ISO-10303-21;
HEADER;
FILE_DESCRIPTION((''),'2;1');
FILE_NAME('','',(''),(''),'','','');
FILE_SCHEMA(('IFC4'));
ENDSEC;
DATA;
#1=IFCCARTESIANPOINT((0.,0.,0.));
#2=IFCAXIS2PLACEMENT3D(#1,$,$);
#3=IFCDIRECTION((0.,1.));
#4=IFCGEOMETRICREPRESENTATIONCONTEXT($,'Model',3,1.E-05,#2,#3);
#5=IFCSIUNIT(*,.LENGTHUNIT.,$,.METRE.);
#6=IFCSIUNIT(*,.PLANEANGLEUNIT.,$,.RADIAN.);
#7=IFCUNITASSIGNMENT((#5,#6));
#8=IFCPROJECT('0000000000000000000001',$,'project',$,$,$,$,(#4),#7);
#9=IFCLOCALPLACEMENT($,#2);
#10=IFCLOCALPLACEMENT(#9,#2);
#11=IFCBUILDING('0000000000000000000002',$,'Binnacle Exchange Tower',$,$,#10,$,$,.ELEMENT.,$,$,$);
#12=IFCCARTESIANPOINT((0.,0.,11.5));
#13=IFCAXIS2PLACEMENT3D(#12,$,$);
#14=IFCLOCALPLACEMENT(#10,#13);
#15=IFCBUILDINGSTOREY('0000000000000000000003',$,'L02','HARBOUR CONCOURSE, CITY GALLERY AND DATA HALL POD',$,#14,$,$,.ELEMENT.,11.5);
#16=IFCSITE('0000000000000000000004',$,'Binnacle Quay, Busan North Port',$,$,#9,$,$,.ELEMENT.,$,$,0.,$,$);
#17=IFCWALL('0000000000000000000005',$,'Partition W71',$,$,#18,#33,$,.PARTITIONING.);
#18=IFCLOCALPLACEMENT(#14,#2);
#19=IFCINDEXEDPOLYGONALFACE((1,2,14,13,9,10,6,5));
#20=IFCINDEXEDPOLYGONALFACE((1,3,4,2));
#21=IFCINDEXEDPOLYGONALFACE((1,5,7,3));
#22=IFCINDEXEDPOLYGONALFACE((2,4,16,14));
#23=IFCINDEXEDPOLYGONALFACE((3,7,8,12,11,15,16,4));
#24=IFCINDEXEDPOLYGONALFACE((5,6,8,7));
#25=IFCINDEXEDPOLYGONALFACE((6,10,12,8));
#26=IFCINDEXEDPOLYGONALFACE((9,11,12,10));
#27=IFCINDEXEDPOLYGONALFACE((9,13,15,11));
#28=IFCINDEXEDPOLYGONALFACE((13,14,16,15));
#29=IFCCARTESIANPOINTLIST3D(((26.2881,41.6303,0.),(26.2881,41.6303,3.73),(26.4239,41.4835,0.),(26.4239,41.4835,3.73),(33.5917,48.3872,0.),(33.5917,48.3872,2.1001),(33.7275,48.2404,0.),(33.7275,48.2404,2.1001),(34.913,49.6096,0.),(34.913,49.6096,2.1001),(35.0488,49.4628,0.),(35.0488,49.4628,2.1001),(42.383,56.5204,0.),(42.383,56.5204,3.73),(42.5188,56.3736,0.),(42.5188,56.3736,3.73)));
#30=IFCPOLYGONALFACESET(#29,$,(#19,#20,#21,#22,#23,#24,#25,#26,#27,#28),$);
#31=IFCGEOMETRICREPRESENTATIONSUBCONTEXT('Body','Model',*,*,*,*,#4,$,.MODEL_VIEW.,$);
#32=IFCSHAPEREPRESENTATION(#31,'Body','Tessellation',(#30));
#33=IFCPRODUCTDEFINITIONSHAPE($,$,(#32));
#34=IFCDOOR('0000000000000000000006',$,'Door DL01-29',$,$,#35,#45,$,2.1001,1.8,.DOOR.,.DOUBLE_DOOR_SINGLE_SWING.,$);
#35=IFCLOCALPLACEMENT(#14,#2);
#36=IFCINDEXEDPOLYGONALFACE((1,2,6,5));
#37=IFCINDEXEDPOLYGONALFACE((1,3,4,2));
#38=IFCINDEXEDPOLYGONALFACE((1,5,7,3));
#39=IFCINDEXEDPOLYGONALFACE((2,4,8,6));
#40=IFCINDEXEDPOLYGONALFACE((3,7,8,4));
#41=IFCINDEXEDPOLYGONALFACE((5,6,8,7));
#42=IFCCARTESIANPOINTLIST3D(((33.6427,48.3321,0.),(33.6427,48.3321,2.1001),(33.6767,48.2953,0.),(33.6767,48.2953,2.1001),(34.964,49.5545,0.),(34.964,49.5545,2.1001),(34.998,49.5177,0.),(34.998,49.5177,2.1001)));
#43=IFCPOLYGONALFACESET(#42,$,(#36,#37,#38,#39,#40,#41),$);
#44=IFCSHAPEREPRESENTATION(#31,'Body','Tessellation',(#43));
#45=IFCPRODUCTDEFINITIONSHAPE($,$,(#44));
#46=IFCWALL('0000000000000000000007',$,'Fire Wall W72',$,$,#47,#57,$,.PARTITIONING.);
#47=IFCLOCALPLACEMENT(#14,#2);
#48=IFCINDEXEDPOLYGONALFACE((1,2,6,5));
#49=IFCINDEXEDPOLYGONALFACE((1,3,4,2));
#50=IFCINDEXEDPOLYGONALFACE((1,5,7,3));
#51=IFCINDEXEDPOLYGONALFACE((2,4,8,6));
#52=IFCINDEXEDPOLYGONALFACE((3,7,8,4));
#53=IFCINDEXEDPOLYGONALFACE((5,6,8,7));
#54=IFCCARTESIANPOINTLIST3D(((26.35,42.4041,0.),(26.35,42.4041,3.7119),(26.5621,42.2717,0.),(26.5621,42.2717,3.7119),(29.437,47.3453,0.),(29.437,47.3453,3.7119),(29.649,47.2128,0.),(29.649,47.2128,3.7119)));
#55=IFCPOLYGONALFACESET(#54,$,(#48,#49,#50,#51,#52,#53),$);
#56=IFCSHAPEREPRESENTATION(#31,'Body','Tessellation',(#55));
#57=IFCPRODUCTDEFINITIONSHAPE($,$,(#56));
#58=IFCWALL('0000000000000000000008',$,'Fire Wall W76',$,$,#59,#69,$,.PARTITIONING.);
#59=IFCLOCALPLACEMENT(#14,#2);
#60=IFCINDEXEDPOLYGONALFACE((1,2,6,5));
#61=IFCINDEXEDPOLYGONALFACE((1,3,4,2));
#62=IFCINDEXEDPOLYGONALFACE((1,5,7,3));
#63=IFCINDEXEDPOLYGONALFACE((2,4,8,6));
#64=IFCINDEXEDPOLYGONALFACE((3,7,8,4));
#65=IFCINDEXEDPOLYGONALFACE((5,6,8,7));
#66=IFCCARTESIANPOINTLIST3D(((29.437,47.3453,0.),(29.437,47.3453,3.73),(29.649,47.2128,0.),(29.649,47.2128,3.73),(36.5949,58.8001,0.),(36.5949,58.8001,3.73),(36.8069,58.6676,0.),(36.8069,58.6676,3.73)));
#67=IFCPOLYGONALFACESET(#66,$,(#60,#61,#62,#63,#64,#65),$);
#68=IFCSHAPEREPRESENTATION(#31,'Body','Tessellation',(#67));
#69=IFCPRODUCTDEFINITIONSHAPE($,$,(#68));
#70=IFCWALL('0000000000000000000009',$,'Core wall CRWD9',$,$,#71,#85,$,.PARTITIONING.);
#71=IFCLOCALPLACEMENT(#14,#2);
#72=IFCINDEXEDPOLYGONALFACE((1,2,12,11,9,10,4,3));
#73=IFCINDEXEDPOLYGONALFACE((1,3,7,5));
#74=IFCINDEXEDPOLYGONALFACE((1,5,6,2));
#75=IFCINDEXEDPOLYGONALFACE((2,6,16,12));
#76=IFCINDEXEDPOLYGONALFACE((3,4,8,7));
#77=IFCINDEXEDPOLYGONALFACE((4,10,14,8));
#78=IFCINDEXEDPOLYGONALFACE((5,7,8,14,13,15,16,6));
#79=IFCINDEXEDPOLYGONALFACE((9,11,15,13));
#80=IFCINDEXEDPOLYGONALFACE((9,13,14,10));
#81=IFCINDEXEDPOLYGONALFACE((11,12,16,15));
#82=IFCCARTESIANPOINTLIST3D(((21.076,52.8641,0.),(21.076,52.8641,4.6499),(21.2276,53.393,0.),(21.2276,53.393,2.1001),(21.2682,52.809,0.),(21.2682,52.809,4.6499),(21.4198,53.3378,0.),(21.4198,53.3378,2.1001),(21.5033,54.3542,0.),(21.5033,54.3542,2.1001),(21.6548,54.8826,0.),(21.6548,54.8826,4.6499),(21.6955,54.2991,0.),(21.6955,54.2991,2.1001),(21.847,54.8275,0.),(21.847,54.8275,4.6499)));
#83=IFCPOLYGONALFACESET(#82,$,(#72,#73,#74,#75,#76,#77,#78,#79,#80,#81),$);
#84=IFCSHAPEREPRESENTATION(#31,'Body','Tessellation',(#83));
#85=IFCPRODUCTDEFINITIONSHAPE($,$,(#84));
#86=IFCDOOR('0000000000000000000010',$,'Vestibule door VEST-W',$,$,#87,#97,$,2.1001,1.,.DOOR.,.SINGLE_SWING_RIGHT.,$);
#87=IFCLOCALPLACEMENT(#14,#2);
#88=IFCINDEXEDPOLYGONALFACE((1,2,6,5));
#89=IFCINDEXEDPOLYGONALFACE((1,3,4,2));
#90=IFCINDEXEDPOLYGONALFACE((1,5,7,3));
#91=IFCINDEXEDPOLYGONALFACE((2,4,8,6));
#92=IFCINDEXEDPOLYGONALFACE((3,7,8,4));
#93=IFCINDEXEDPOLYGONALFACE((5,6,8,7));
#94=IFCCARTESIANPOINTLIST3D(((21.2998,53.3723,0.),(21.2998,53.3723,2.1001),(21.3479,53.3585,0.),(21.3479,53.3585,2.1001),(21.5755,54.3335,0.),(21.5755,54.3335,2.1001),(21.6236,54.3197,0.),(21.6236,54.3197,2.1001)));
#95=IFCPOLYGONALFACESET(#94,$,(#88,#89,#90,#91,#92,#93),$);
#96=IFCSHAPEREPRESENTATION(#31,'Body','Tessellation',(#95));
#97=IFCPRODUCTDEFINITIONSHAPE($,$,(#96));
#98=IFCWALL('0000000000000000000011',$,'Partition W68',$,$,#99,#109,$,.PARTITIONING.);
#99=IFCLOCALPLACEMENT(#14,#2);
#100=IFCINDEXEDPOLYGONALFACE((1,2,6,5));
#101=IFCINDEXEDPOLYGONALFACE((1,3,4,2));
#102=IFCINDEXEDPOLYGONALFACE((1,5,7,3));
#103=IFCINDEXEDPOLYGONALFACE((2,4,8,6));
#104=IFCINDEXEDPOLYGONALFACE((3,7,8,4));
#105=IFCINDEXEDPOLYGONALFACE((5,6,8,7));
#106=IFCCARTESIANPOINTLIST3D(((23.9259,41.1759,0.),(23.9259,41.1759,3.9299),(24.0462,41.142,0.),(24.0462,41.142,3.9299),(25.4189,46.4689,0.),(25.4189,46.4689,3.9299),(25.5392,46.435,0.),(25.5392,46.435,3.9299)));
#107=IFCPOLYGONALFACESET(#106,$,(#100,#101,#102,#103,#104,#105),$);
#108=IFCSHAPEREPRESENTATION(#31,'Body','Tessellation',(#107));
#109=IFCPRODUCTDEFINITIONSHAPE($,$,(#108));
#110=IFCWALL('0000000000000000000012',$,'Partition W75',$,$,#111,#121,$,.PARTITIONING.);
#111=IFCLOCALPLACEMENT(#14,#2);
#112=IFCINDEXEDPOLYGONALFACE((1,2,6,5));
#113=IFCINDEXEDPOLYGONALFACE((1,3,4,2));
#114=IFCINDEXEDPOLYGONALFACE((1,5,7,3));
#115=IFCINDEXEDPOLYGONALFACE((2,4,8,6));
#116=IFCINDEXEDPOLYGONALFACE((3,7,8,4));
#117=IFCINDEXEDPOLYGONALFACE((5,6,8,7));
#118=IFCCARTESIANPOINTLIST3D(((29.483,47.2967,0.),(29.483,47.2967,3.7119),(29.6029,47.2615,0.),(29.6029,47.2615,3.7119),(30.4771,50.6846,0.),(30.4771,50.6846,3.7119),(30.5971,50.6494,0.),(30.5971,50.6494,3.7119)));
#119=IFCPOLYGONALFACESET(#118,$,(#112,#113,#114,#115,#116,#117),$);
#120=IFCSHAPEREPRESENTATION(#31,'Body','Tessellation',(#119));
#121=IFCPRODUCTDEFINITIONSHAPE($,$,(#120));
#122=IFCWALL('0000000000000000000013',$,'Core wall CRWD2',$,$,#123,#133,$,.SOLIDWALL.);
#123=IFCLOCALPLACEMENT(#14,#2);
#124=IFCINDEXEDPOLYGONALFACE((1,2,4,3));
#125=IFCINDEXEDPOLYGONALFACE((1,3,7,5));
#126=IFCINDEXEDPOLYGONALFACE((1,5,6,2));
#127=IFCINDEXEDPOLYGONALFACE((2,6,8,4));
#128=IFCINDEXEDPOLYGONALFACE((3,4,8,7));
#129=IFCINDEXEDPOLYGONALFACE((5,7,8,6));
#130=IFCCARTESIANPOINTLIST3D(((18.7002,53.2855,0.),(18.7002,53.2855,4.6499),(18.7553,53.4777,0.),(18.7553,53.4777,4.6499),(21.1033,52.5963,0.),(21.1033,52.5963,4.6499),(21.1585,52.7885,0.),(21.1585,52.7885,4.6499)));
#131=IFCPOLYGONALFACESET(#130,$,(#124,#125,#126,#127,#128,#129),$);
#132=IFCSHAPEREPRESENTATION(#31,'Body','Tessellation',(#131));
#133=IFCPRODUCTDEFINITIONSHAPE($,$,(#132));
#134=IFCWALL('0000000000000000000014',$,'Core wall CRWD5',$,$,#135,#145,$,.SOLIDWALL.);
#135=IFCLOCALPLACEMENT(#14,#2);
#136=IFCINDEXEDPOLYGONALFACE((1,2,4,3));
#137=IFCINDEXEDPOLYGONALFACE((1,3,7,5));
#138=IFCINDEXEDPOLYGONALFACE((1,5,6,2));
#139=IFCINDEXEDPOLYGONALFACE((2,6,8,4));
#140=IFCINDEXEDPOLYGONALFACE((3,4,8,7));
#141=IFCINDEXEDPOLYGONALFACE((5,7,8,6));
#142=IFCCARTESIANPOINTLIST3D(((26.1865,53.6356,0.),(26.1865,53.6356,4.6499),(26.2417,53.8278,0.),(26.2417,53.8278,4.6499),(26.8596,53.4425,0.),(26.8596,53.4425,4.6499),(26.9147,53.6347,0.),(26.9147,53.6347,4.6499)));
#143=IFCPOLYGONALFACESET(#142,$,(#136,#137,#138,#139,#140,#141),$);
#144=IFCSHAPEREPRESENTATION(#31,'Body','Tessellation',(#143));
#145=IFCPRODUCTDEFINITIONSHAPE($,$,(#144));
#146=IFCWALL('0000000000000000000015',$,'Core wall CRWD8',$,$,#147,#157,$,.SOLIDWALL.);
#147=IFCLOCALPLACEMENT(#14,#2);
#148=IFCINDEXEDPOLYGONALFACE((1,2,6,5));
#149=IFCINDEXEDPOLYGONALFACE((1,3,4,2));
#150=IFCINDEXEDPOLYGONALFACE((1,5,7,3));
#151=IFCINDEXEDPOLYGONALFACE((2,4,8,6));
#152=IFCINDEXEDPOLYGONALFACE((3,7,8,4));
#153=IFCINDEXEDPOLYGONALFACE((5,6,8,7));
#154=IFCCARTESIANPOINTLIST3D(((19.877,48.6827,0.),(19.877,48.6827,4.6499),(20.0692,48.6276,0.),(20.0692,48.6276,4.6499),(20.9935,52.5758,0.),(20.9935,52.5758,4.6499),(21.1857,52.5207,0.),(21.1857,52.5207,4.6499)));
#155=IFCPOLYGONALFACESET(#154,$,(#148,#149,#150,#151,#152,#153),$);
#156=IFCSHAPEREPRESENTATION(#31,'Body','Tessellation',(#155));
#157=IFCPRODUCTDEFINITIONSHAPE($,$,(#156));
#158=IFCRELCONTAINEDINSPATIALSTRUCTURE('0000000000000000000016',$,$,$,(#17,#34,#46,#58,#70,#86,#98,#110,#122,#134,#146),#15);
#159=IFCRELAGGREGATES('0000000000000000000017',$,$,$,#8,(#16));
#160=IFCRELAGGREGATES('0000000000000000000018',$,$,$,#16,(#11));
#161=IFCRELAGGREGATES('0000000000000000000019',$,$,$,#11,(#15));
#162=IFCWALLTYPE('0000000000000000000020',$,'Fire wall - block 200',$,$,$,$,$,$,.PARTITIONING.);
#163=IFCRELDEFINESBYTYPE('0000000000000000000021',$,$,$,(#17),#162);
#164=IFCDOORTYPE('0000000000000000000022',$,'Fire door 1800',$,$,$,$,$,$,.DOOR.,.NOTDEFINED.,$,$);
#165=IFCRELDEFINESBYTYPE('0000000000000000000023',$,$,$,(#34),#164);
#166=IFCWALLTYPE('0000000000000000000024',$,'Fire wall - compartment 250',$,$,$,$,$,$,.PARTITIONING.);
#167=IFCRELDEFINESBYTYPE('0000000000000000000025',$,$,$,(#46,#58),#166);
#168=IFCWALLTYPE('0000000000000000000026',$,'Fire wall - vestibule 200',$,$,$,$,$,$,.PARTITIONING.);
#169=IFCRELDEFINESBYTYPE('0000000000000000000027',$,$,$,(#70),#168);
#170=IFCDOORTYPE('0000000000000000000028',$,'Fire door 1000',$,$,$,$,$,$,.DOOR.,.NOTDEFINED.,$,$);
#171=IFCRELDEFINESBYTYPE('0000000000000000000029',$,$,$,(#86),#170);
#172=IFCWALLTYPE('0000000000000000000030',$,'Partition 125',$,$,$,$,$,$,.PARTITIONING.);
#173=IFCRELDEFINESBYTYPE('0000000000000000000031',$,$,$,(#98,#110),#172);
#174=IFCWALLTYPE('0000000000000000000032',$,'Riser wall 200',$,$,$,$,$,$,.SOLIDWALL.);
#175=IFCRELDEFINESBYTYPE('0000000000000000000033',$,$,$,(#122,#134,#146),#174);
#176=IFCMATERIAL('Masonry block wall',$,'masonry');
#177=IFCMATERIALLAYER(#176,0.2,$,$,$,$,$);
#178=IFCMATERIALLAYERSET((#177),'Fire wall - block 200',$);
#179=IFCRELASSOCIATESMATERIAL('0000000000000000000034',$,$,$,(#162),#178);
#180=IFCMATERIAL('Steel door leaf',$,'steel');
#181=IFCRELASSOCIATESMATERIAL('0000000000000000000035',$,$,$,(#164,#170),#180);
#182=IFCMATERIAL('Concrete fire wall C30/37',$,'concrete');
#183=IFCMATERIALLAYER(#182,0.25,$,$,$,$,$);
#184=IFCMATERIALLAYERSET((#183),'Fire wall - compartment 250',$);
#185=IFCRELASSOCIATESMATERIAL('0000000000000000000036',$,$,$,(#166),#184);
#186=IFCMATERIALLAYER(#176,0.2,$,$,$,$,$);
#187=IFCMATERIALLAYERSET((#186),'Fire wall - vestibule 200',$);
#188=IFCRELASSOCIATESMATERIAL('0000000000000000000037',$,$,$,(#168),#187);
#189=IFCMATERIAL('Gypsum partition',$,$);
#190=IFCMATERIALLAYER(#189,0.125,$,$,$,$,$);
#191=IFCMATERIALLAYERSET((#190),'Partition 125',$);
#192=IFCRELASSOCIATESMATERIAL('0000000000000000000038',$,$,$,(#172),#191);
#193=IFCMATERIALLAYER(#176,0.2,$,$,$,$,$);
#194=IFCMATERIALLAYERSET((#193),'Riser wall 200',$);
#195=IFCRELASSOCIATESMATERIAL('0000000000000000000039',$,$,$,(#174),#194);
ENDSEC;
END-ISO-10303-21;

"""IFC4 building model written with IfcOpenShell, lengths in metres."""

from ifc_helpers import new_model, si_unit, direction, frame, frame_2d, origin, place, context, subcontext, project, spatial, rectangle, extrude, material, layer, layer_set, type_object, element, fill, save


model = new_model("IFC4")

# Units and contexts
model_context = context("Model", 3, precision=1e-05, world=origin(), true_north=direction((0.0, 1.0)))
body_context = subcontext(model_context, "Body", "Model", "MODEL_VIEW")
ifc_project = project(units=[si_unit("LENGTHUNIT", "METRE"), si_unit("PLANEANGLEUNIT", "RADIAN")], contexts=[model_context])

# Site, building, storey
site_placement = place(None, origin())
site = spatial("IfcSite", under=ifc_project, at=site_placement, Name="Binnacle Quay, Busan North Port", CompositionType="ELEMENT", RefElevation=0.0)
building_placement = place(site_placement, origin())
building = spatial("IfcBuilding", under=site, at=building_placement, Name="Binnacle Exchange Tower", CompositionType="ELEMENT")
storey_placement = place(building_placement, frame((0.0, 0.0, 11.5)))
storey = spatial("IfcBuildingStorey", under=building, at=storey_placement, Name="L02", Description="HARBOUR CONCOURSE, CITY GALLERY AND DATA HALL POD", CompositionType="ELEMENT", Elevation=11.5)

# Shared definitions
ifc_material_1 = material(Name="Steel door leaf", Category="steel")

# Wall, opening, door
ifc_material_2 = material(Name="Masonry block wall", Category="masonry")
ifc_layer_1 = layer(ifc_material_2, 0.2)
ifc_layer_set_1 = layer_set([ifc_layer_1], Name="Fire wall - block 200")
wall_type_1 = type_object("IfcWallType", Name="Fire wall - block 200", PredefinedType="PARTITIONING", material=ifc_layer_set_1)
wall_1_placement = place(storey_placement, frame((26.356, 41.5569, 0.0), z_axis=(0.0, 0.0, 1.0), x_axis=(0.734047, 0.679098, 0.0)))
wall_1 = element("IfcWall", 1, at=wall_1_placement, inside=storey, type_object=wall_type_1, Name="Partition W71", PredefinedType="PARTITIONING", context=body_context, shape_type="SweptSolid", body=[
    extrude(rectangle(XDim=21.9263, YDim=0.2, at=frame_2d((10.9631, 0.0))), origin(), (0.0, 0.0, 1.0), 3.73),
])
opening_1_placement = place(wall_1_placement, frame((9.95, 0.0, 0.0)))
opening_1 = element("IfcOpeningElement", 2, at=opening_1_placement, cuts=wall_1, PredefinedType="OPENING", context=body_context, shape_type="SweptSolid", body=[
    extrude(rectangle(XDim=1.8, YDim=2.1001, at=frame_2d((0.8999, 1.05))), frame((0.0, 0.1099, 0.0), z_axis=(0.0, -1.0, 0.0), x_axis=(1.0, 0.0, 0.0)), (0.0, 0.0, 1.0), 0.22),
])
door_type_1 = type_object("IfcDoorType", Name="Fire door 1800", OperationType="NOTDEFINED", PredefinedType="DOOR", material=ifc_material_1)
door_1_placement = place(opening_1_placement, origin())
door_1 = element("IfcDoor", 3, at=door_1_placement, inside=storey, type_object=door_type_1, Name="Door DL01-29", OperationType="DOUBLE_DOOR_SINGLE_SWING", OverallHeight=2.1001, OverallWidth=1.8, PredefinedType="DOOR", context=body_context, shape_type="SweptSolid", body=[
    extrude(rectangle(XDim=1.8, YDim=2.1001, at=frame_2d((0.8999, 1.05))), frame((0.0, 0.0249, 0.0), z_axis=(0.0, -1.0, 0.0), x_axis=(1.0, 0.0, 0.0)), (0.0, 0.0, 1.0), 0.05),
])
fill(opening_1, door_1)

# Walls
ifc_material_3 = material(Name="Concrete fire wall C30/37", Category="concrete")
ifc_layer_2 = layer(ifc_material_3, 0.25)
ifc_layer_set_2 = layer_set([ifc_layer_2], Name="Fire wall - compartment 250")
wall_type_2 = type_object("IfcWallType", Name="Fire wall - compartment 250", PredefinedType="PARTITIONING", material=ifc_layer_set_2)
wall_2_placement = place(storey_placement, frame((26.4561, 42.3379, 0.0), z_axis=(0.0, 0.0, 1.0), x_axis=(0.529837, 0.8481, 0.0)))
element("IfcWall", 4, at=wall_2_placement, inside=storey, type_object=wall_type_2, Name="Fire Wall W72", PredefinedType="PARTITIONING", context=body_context, shape_type="SweptSolid", body=[
    extrude(rectangle(XDim=5.8262, YDim=0.25, at=frame_2d((2.9131, 0.0))), origin(), (0.0, 0.0, 1.0), 3.7119),
])
wall_3_placement = place(storey_placement, frame((29.543, 47.2791, 0.0), z_axis=(0.0, 0.0, 1.0), x_axis=(0.529929, 0.848042, 0.0)))
element("IfcWall", 5, at=wall_3_placement, inside=storey, type_object=wall_type_2, Name="Fire Wall W76", PredefinedType="PARTITIONING", context=body_context, shape_type="SweptSolid", body=[
    extrude(rectangle(XDim=13.5073, YDim=0.25, at=frame_2d((6.7537, 0.0))), origin(), (0.0, 0.0, 1.0), 3.73),
])

# Wall, opening, door
ifc_layer_3 = layer(ifc_material_2, 0.2)
ifc_layer_set_3 = layer_set([ifc_layer_3], Name="Fire wall - vestibule 200")
wall_type_3 = type_object("IfcWallType", Name="Fire wall - vestibule 200", PredefinedType="PARTITIONING", material=ifc_layer_set_3)
wall_4_placement = place(storey_placement, frame((21.1721, 52.8367, 0.0), z_axis=(0.0, 0.0, 1.0), x_axis=(0.275658, 0.961256, 0.0)))
wall_4 = element("IfcWall", 6, at=wall_4_placement, inside=storey, type_object=wall_type_3, Name="Core wall CRWD9", PredefinedType="PARTITIONING", context=body_context, shape_type="SweptSolid", body=[
    extrude(rectangle(XDim=2.0999, YDim=0.2, at=frame_2d((1.0498, 0.0))), origin(), (0.0, 0.0, 1.0), 4.6499),
])
opening_2_placement = place(wall_4_placement, frame((0.55, 0.0, 0.0)))
opening_2 = element("IfcOpeningElement", 7, at=opening_2_placement, cuts=wall_4, PredefinedType="OPENING", context=body_context, shape_type="SweptSolid", body=[
    extrude(rectangle(XDim=1.0, YDim=2.1001, at=frame_2d((0.5, 1.05))), frame((0.0, 0.1099, 0.0), z_axis=(0.0, -1.0, 0.0), x_axis=(1.0, 0.0, 0.0)), (0.0, 0.0, 1.0), 0.22),
])
door_type_2 = type_object("IfcDoorType", Name="Fire door 1000", OperationType="NOTDEFINED", PredefinedType="DOOR", material=ifc_material_1)
door_2_placement = place(opening_2_placement, origin())
door_2 = element("IfcDoor", 8, at=door_2_placement, inside=storey, type_object=door_type_2, Name="Vestibule door VEST-W", OperationType="SINGLE_SWING_RIGHT", OverallHeight=2.1001, OverallWidth=1.0, PredefinedType="DOOR", context=body_context, shape_type="SweptSolid", body=[
    extrude(rectangle(XDim=1.0, YDim=2.1001, at=frame_2d((0.5, 1.05))), frame((0.0, 0.0249, 0.0), z_axis=(0.0, -1.0, 0.0), x_axis=(1.0, 0.0, 0.0)), (0.0, 0.0, 1.0), 0.05),
])
fill(opening_2, door_2)

# Walls
ifc_material_4 = material(Name="Gypsum partition")
ifc_layer_4 = layer(ifc_material_4, 0.125)
ifc_layer_set_4 = layer_set([ifc_layer_4], Name="Partition 125")
wall_type_4 = type_object("IfcWallType", Name="Partition 125", PredefinedType="PARTITIONING", material=ifc_layer_set_4)
wall_5_placement = place(storey_placement, frame((23.9861, 41.1589, 0.0), z_axis=(0.0, 0.0, 1.0), x_axis=(0.271465, 0.962448, 0.0)))
element("IfcWall", 9, at=wall_5_placement, inside=storey, type_object=wall_type_4, Name="Partition W68", PredefinedType="PARTITIONING", context=body_context, shape_type="SweptSolid", body=[
    extrude(rectangle(XDim=5.4995, YDim=0.125, at=frame_2d((2.7498, 0.0))), origin(), (0.0, 0.0, 1.0), 3.9299),
])
wall_6_placement = place(storey_placement, frame((29.543, 47.2791, 0.0), z_axis=(0.0, 0.0, 1.0), x_axis=(0.281564, 0.959543, 0.0)))
element("IfcWall", 10, at=wall_6_placement, inside=storey, type_object=wall_type_4, Name="Partition W75", PredefinedType="PARTITIONING", context=body_context, shape_type="SweptSolid", body=[
    extrude(rectangle(XDim=3.5308, YDim=0.125, at=frame_2d((1.7654, 0.0))), origin(), (0.0, 0.0, 1.0), 3.7119),
])
ifc_layer_5 = layer(ifc_material_2, 0.2)
ifc_layer_set_5 = layer_set([ifc_layer_5], Name="Riser wall 200")
wall_type_5 = type_object("IfcWallType", Name="Riser wall 200", PredefinedType="SOLIDWALL", material=ifc_layer_set_5)
wall_7_placement = place(storey_placement, frame((18.7278, 53.3816, 0.0), z_axis=(0.0, 0.0, 1.0), x_axis=(0.961247, -0.275688, 0.0)))
element("IfcWall", 11, at=wall_7_placement, inside=storey, type_object=wall_type_5, Name="Core wall CRWD2", PredefinedType="SOLIDWALL", context=body_context, shape_type="SweptSolid", body=[
    extrude(rectangle(XDim=2.5, YDim=0.2, at=frame_2d((1.25, 0.0))), origin(), (0.0, 0.0, 1.0), 4.6499),
])
wall_8_placement = place(storey_placement, frame((26.2141, 53.7317, 0.0), z_axis=(0.0, 0.0, 1.0), x_axis=(0.961221, -0.27578, 0.0)))
element("IfcWall", 12, at=wall_8_placement, inside=storey, type_object=wall_type_5, Name="Core wall CRWD5", PredefinedType="SOLIDWALL", context=body_context, shape_type="SweptSolid", body=[
    extrude(rectangle(XDim=0.7002, YDim=0.2, at=frame_2d((0.3501, 0.0))), origin(), (0.0, 0.0, 1.0), 4.6499),
])
wall_9_placement = place(storey_placement, frame((19.9731, 48.6553, 0.0), z_axis=(0.0, 0.0, 1.0), x_axis=(0.275668, 0.961253, 0.0)))
element("IfcWall", 13, at=wall_9_placement, inside=storey, type_object=wall_type_5, Name="Core wall CRWD8", PredefinedType="SOLIDWALL", context=body_context, shape_type="SweptSolid", body=[
    extrude(rectangle(XDim=4.05, YDim=0.2, at=frame_2d((2.0249, 0.0))), origin(), (0.0, 0.0, 1.0), 4.6499),
])

save(model, "model.ifc")
